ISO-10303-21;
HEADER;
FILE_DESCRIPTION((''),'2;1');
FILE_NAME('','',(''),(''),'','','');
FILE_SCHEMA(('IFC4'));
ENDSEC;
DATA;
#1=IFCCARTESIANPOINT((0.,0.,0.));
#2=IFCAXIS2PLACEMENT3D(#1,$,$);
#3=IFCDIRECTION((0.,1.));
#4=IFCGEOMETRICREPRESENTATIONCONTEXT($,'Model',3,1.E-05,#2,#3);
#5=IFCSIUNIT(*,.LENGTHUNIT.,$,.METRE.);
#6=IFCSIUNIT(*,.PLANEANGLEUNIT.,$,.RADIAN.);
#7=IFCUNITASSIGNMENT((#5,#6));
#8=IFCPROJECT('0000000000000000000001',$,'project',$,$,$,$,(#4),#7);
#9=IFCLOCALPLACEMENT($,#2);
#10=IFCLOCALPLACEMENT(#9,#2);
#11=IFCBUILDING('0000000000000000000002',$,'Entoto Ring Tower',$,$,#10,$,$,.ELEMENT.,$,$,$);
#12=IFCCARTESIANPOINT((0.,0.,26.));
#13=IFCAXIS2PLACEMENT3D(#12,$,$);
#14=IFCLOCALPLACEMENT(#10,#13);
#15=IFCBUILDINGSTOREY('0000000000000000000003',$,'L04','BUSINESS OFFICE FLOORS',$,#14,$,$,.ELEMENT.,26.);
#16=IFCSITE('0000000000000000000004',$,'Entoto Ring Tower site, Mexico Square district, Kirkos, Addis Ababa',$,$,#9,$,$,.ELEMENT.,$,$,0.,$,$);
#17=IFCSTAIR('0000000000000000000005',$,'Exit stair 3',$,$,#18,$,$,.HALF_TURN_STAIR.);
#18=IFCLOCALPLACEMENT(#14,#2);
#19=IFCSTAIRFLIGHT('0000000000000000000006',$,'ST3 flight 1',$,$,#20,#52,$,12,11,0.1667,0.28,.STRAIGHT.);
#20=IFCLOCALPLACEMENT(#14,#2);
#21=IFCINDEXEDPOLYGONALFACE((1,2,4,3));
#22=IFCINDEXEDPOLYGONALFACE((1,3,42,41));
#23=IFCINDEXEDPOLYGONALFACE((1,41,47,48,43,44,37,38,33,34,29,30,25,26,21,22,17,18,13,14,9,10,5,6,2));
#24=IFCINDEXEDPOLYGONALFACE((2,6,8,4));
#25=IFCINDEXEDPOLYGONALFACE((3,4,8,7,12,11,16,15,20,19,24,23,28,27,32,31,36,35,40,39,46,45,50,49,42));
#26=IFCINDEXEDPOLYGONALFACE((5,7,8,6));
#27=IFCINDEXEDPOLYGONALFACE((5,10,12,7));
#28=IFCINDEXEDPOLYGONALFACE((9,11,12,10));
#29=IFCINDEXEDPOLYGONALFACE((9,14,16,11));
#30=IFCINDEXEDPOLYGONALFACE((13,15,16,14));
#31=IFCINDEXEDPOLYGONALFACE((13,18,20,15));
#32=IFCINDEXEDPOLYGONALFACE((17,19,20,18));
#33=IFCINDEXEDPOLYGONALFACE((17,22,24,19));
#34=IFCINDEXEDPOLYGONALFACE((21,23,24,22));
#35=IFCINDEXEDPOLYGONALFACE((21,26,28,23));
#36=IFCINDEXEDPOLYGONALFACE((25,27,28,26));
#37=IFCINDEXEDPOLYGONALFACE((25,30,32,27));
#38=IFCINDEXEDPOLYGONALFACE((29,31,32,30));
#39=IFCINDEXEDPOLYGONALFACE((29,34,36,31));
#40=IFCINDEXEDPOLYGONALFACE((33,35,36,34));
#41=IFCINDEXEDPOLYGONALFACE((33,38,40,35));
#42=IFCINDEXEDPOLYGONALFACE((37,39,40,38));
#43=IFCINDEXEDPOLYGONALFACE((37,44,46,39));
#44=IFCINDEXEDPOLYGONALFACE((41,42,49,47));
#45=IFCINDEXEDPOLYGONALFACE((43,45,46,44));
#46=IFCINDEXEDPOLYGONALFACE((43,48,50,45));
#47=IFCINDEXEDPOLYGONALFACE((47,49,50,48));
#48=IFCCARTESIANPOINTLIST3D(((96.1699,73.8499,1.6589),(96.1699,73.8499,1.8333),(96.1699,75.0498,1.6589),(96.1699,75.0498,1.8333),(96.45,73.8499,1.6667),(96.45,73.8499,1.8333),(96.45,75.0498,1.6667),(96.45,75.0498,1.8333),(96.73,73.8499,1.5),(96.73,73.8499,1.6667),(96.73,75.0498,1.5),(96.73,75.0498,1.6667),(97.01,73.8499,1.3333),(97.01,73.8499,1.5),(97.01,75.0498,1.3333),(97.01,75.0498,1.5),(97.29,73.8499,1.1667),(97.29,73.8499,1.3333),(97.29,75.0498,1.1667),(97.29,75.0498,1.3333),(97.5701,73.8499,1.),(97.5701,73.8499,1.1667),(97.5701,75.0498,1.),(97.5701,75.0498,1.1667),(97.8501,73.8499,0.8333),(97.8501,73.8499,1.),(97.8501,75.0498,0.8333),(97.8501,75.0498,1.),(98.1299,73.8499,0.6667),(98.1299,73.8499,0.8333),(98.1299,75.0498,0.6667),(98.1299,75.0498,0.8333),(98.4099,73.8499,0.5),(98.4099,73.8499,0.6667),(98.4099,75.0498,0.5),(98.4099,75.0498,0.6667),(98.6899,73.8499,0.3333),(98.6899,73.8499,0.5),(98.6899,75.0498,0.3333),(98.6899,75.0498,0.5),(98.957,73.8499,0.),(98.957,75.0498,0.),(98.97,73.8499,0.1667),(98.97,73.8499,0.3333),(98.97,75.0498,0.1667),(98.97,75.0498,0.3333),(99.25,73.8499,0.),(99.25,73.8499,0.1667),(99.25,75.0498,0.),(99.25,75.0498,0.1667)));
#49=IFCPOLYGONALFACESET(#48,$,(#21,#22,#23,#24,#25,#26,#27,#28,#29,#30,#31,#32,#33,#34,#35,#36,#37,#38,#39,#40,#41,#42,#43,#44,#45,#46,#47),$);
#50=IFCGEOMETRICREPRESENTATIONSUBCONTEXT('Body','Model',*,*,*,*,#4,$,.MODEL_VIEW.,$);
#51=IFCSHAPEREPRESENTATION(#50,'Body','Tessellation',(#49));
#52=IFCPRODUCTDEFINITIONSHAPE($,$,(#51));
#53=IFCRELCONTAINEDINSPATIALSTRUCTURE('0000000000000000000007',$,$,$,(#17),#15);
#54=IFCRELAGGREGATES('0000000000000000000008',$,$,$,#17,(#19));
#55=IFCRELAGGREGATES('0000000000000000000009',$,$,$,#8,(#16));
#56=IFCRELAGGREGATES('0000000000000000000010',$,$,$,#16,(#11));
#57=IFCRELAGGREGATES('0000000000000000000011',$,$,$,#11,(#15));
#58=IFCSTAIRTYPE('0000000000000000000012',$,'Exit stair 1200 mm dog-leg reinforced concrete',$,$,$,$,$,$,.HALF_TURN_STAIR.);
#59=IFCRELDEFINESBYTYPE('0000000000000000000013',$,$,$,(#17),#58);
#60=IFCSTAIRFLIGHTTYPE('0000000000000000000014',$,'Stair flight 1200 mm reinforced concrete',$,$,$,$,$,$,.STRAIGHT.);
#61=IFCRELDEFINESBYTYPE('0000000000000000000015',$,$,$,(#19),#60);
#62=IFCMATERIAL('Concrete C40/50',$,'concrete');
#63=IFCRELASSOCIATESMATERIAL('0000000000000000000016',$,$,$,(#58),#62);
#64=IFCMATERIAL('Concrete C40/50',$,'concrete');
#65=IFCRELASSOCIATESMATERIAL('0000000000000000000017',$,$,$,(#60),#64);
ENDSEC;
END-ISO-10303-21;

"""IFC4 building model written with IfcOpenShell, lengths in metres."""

from ifc_helpers import new_model, si_unit, direction, frame, origin, place, context, subcontext, project, spatial, polyline, outline, extrude, material, type_object, element, aggregate, save


model = new_model("IFC4")

# Units and contexts
model_context = context("Model", 3, precision=1e-05, world=origin(), true_north=direction((0.0, 1.0)))
body_context = subcontext(model_context, "Body", "Model", "MODEL_VIEW")
ifc_project = project(units=[si_unit("LENGTHUNIT", "METRE"), si_unit("PLANEANGLEUNIT", "RADIAN")], contexts=[model_context])

# Site, building, storey
site_placement = place(None, origin())
site = spatial("IfcSite", under=ifc_project, at=site_placement, Name="Entoto Ring Tower site, Mexico Square district, Kirkos, Addis Ababa", CompositionType="ELEMENT", RefElevation=0.0)
building_placement = place(site_placement, origin())
building = spatial("IfcBuilding", under=site, at=building_placement, Name="Entoto Ring Tower", CompositionType="ELEMENT")
storey_placement = place(building_placement, frame((0.0, 0.0, 26.0)))
storey = spatial("IfcBuildingStorey", under=building, at=storey_placement, Name="L04", Description="BUSINESS OFFICE FLOORS", CompositionType="ELEMENT", Elevation=26.0)

# Stair, stair flight
ifc_material_1 = material(Name="Concrete C40/50", Category="concrete")
stair_type = type_object("IfcStairType", Name="Exit stair 1200 mm dog-leg reinforced concrete", PredefinedType="HALF_TURN_STAIR", material=ifc_material_1)
stair_placement = place(storey_placement, origin())
stair = element("IfcStair", 1, at=stair_placement, inside=storey, type_object=stair_type, Name="Exit stair 3", PredefinedType="HALF_TURN_STAIR")
ifc_material_2 = material(Name="Concrete C40/50", Category="concrete")
stair_flight_type = type_object("IfcStairFlightType", Name="Stair flight 1200 mm reinforced concrete", PredefinedType="STRAIGHT", material=ifc_material_2)
stair_flight_placement = place(storey_placement, frame((99.25, 74.45, 0.0), z_axis=(0.0, 0.0, 1.0), x_axis=(-1.0, 0.0, 0.0)))
stair_flight = element("IfcStairFlight", 2, at=stair_flight_placement, type_object=stair_flight_type, Name="ST3 flight 1", NumberOfRisers=12, NumberOfTreads=11, PredefinedType="STRAIGHT", RiserHeight=0.1667, TreadLength=0.28, context=body_context, shape_type="SweptSolid", body=[
    extrude(outline(polyline([(0.0, 0.0), (0.0, 0.1667), (0.28, 0.1667), (0.28, 0.3333), (0.5601, 0.3333), (0.5601, 0.5), (0.8401, 0.5), (0.8401, 0.6667), (1.1201, 0.6667), (1.1201, 0.8333), (1.3999, 0.8333), (1.3999, 1.0), (1.6799, 1.0), (1.6799, 1.1667), (1.96, 1.1667), (1.96, 1.3333), (2.24, 1.3333), (2.24, 1.5), (2.52, 1.5), (2.52, 1.6667), (2.8, 1.6667), (2.8, 1.8333), (3.0801, 1.8333), (3.0801, 2.0), (3.0801, 1.6589), (0.293, 0.0), (0.0, 0.0)])), frame((0.0, 0.6001, 0.0), z_axis=(0.0, -1.0, 0.0), x_axis=(1.0, 0.0, 0.0)), (0.0, 0.0, 1.0), 1.2),
])
aggregate(stair, [stair_flight])

save(model, "model.ifc")
